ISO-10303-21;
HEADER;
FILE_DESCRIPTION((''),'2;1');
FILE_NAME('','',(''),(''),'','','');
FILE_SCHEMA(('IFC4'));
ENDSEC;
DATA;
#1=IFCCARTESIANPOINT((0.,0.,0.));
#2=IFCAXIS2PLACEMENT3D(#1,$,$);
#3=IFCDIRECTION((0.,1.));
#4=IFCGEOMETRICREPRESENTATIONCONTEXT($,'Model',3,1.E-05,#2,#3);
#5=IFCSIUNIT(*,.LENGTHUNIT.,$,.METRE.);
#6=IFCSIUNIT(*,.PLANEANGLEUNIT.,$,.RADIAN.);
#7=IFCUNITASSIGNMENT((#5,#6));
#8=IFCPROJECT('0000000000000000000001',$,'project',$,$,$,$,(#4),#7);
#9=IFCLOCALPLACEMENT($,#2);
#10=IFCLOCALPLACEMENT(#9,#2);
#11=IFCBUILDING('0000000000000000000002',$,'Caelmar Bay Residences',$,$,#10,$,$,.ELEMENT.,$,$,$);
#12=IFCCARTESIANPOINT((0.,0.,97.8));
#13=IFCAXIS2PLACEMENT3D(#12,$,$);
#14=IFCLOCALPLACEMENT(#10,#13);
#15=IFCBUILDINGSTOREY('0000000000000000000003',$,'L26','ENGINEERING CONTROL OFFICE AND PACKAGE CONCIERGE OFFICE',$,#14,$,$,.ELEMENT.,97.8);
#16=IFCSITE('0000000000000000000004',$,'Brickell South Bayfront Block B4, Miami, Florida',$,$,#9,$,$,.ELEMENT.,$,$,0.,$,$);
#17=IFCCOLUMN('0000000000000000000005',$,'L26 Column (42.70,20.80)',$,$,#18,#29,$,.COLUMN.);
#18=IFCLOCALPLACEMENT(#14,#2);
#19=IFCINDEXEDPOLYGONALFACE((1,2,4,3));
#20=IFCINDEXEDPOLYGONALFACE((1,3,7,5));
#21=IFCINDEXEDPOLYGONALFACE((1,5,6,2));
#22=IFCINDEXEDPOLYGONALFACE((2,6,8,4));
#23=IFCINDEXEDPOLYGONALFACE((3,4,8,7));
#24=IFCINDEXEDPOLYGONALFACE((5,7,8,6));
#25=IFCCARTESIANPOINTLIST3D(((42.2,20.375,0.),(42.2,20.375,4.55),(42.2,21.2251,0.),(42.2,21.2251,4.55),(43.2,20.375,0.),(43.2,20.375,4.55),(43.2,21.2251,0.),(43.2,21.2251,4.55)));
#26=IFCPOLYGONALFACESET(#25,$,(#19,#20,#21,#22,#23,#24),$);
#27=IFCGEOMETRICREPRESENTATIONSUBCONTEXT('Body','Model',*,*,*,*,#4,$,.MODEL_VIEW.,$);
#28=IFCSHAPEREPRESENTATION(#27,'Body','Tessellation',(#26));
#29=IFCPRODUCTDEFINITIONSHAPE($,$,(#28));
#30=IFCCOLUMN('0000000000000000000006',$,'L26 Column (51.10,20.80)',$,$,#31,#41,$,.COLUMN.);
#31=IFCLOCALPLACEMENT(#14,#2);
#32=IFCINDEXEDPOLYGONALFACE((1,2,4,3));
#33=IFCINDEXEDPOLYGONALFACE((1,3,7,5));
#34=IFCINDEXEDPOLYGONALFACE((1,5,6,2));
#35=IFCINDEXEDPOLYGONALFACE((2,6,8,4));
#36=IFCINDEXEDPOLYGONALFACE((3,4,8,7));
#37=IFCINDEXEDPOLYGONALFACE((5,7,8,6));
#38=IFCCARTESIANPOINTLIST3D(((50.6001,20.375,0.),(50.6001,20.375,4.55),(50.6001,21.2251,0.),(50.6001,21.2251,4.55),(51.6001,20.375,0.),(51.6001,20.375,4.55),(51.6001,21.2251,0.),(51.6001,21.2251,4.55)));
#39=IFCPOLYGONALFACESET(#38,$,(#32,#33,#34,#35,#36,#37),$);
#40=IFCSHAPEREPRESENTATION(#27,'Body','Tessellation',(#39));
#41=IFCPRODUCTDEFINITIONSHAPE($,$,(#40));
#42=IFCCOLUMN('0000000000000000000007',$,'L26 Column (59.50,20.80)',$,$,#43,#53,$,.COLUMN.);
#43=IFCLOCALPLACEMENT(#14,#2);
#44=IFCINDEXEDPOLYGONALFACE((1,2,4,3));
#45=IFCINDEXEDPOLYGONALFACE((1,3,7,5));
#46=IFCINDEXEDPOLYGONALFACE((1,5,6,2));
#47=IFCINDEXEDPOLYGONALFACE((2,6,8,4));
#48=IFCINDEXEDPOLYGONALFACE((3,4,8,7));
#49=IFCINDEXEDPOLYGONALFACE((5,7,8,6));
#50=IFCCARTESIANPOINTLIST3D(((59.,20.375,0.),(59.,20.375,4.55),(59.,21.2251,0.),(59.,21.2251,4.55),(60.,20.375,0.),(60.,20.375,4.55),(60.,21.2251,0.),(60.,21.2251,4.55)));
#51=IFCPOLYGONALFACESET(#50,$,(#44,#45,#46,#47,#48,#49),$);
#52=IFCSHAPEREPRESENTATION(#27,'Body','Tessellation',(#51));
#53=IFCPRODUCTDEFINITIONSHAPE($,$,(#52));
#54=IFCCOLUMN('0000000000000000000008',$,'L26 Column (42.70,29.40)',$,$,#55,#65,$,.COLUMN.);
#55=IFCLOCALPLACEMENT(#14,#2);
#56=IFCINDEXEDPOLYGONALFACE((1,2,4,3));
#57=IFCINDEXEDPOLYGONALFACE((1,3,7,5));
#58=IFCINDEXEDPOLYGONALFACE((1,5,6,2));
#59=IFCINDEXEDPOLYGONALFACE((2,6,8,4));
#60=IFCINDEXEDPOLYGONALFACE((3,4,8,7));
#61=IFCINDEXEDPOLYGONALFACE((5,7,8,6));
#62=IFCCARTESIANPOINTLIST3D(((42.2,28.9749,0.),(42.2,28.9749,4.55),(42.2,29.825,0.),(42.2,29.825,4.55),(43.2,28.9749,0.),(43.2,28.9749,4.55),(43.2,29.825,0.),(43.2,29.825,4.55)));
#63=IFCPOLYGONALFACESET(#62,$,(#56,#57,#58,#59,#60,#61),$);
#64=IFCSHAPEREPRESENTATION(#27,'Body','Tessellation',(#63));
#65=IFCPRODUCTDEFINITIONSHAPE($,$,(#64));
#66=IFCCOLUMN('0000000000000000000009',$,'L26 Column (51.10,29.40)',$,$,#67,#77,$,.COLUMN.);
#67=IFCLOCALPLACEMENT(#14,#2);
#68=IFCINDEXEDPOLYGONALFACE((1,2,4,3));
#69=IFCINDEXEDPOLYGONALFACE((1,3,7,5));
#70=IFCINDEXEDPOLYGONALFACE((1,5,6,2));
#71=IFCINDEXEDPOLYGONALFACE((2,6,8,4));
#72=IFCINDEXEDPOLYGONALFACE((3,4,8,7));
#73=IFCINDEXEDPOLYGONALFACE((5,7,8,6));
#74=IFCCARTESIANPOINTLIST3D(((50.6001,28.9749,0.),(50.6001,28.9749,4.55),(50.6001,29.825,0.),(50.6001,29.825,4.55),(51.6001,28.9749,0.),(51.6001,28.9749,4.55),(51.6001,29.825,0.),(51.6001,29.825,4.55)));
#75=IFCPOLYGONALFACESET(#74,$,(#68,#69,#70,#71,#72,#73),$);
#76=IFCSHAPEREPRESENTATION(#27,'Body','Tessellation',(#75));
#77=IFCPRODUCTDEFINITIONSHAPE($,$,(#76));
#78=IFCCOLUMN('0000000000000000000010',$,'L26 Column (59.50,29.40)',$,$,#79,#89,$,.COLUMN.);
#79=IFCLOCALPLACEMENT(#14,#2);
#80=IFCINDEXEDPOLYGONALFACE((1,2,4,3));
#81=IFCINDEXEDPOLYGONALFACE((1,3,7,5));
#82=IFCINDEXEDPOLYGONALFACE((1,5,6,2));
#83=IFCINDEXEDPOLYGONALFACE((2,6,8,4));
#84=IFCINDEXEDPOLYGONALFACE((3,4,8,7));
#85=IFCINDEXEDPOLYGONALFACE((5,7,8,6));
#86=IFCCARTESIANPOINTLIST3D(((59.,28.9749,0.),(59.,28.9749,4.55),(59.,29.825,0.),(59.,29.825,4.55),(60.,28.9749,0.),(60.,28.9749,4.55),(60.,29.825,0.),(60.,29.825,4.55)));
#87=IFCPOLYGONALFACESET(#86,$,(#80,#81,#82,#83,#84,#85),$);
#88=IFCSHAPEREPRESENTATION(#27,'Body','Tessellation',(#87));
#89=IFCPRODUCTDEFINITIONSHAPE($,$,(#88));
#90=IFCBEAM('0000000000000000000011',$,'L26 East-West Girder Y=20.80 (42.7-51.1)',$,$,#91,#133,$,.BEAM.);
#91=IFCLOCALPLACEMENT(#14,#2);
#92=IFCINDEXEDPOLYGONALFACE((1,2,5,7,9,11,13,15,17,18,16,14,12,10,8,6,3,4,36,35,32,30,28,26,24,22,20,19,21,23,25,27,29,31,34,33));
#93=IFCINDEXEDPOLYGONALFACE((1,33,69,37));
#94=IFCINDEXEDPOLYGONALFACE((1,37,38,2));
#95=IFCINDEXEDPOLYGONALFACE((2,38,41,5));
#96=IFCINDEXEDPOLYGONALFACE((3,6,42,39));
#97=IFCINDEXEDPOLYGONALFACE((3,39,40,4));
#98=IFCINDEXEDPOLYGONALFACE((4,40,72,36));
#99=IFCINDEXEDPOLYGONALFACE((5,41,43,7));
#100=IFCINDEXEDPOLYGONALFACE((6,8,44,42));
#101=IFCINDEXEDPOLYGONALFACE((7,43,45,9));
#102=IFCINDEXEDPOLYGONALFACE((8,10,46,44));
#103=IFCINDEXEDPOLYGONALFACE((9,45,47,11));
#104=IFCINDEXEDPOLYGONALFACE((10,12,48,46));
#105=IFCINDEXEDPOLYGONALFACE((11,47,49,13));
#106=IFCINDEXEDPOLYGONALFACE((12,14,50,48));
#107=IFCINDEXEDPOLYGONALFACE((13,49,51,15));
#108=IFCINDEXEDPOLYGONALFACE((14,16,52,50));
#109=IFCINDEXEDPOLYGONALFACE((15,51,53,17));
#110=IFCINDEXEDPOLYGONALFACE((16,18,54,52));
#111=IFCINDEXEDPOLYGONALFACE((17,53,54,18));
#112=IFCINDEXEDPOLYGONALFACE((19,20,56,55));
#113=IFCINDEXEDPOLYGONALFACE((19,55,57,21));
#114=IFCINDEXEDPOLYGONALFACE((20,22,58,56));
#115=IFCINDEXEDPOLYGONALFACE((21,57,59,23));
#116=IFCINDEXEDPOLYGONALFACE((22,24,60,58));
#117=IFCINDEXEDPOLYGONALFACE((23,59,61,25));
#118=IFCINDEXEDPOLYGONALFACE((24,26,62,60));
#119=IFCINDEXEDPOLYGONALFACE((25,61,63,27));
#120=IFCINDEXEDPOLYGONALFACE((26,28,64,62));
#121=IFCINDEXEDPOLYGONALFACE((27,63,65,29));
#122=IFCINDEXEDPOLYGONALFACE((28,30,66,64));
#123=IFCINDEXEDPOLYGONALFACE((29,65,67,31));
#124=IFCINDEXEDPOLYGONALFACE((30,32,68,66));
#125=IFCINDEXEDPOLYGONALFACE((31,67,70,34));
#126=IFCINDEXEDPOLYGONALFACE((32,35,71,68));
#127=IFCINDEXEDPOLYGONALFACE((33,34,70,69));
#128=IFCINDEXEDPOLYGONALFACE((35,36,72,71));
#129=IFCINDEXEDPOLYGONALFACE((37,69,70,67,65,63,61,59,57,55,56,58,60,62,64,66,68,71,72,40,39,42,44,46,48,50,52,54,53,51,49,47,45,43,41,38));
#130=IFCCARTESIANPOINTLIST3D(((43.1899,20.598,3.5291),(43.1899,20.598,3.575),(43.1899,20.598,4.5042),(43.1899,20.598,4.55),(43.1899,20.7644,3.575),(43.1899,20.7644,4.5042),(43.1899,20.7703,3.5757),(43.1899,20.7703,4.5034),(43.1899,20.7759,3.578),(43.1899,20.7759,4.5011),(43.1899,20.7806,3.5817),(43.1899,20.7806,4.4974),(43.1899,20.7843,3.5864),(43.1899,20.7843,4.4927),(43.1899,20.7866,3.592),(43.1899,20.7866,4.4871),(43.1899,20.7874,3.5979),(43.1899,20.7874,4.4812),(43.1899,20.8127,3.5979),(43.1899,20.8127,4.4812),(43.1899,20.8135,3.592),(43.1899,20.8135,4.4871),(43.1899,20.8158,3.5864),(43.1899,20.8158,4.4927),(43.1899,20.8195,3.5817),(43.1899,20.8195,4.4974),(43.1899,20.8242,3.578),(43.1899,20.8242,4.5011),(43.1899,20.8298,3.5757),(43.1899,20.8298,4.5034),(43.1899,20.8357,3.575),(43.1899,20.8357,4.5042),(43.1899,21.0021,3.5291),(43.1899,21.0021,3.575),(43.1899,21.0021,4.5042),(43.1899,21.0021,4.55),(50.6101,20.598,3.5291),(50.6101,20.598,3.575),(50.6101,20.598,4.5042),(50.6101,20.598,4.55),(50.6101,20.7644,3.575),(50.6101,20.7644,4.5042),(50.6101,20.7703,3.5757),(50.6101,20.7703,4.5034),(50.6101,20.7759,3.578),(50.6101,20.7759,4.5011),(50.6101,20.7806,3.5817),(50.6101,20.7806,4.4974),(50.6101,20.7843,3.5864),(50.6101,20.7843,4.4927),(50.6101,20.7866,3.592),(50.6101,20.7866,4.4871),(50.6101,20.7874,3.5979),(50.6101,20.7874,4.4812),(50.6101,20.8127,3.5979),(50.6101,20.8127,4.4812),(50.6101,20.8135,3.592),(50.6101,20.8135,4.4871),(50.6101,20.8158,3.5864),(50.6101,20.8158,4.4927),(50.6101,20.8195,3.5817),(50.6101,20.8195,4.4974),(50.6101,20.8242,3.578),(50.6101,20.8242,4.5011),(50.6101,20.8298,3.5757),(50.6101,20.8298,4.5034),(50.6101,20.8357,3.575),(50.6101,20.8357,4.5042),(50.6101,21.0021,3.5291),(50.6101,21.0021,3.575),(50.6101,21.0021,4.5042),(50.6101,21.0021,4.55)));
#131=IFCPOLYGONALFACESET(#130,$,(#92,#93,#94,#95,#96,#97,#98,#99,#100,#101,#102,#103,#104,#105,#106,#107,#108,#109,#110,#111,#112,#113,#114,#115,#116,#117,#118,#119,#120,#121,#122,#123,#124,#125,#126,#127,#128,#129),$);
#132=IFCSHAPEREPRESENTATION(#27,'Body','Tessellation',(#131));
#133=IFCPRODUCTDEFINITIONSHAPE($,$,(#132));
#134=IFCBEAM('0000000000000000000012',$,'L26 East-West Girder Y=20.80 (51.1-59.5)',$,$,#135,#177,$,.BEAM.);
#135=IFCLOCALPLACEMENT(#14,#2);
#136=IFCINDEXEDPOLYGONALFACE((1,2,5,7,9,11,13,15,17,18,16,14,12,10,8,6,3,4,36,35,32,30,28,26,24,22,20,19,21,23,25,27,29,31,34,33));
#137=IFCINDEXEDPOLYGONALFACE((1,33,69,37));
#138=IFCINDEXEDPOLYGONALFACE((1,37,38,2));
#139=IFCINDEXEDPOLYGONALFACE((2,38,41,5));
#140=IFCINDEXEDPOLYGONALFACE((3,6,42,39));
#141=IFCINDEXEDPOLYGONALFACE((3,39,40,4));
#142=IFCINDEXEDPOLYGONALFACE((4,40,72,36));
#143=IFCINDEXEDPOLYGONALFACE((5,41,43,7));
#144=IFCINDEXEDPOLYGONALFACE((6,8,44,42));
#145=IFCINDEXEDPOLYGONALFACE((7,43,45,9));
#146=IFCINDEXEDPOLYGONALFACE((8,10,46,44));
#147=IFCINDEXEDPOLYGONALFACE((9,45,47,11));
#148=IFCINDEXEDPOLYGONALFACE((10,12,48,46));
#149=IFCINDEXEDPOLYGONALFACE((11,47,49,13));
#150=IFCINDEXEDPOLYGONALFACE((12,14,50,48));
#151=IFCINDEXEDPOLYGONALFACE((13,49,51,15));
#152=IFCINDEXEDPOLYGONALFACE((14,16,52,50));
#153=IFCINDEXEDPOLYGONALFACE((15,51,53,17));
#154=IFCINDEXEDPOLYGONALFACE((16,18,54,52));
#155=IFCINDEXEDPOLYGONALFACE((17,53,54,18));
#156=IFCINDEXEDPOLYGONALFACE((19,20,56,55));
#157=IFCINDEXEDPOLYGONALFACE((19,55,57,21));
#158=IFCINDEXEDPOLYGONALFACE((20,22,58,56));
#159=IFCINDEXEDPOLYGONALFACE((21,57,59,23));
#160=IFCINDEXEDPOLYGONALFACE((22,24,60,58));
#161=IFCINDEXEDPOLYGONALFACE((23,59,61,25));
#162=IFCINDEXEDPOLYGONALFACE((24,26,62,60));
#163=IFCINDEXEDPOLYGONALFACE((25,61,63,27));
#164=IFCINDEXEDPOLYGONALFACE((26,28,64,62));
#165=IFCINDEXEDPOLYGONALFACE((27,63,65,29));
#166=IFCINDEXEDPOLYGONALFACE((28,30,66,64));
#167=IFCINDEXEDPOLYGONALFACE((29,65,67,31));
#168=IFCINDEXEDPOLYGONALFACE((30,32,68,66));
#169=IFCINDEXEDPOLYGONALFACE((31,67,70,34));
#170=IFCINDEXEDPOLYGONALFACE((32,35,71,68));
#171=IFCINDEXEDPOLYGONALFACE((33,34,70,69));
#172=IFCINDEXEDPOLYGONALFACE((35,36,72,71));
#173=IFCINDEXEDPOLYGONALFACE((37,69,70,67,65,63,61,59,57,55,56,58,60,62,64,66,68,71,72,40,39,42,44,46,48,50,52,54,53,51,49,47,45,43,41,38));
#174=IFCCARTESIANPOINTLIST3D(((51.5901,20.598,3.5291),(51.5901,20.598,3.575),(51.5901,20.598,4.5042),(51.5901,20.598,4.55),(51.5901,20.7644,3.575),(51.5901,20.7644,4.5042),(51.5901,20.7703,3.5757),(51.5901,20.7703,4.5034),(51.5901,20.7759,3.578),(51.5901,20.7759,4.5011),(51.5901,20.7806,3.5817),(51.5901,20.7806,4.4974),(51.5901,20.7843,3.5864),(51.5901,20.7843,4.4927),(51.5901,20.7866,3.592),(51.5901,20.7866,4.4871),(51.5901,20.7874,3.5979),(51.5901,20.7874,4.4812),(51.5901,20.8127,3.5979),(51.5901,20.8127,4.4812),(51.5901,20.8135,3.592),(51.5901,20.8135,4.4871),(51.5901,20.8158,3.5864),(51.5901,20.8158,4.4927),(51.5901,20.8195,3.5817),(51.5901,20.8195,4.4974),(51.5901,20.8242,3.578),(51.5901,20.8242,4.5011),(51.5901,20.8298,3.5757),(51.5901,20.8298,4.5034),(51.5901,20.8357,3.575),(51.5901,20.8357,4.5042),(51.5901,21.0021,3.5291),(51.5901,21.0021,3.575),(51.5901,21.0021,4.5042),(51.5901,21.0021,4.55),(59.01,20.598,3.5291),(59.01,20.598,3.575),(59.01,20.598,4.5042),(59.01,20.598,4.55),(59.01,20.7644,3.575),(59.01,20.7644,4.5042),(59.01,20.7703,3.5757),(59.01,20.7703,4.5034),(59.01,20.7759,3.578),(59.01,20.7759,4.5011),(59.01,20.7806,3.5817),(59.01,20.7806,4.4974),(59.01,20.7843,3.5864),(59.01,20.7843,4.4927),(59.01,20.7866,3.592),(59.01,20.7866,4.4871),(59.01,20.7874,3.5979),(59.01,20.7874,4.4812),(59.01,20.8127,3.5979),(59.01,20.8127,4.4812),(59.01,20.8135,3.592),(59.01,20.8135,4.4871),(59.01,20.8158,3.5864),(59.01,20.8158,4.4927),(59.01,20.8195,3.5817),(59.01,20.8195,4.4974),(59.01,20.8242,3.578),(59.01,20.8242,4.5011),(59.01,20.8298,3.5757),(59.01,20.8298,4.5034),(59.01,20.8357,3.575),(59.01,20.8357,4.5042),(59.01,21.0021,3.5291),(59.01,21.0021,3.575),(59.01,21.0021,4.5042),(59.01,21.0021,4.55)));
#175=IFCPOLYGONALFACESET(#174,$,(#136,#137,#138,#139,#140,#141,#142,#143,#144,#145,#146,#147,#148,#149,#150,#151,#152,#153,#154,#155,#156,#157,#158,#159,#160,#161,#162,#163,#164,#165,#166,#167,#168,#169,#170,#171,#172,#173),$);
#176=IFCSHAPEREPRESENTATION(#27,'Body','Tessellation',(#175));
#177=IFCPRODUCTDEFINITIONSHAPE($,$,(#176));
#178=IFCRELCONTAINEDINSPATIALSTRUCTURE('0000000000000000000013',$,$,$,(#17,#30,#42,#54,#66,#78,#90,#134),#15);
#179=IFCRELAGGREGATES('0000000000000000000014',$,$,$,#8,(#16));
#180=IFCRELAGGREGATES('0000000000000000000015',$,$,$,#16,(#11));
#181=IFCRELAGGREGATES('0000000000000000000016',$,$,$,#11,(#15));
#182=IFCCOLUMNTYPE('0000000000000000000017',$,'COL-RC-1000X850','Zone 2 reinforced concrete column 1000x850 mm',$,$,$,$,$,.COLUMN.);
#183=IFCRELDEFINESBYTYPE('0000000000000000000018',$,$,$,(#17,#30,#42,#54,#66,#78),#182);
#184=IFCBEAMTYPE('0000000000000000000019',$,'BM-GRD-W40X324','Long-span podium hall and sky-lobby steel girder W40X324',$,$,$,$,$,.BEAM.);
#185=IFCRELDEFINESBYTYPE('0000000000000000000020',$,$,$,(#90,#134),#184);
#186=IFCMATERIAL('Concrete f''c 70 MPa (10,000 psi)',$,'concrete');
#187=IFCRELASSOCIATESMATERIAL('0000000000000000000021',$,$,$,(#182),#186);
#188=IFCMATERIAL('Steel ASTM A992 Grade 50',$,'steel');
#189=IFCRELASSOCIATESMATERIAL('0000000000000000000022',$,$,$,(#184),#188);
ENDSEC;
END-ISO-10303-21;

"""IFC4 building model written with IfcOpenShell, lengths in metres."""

from ifc_helpers import new_model, si_unit, direction, frame, origin, origin_2d, place, context, subcontext, project, spatial, rectangle, i_section, extrude, material, material_profile, profile_set, type_object, element, save


model = new_model("IFC4")

# Units and contexts
model_context = context("Model", 3, precision=1e-05, world=origin(), true_north=direction((0.0, 1.0)))
body_context = subcontext(model_context, "Body", "Model", "MODEL_VIEW")
ifc_project = project(units=[si_unit("LENGTHUNIT", "METRE"), si_unit("PLANEANGLEUNIT", "RADIAN")], contexts=[model_context])

# Site, building, storey
site_placement = place(None, origin())
site = spatial("IfcSite", under=ifc_project, at=site_placement, Name="Brickell South Bayfront Block B4, Miami, Florida", CompositionType="ELEMENT", RefElevation=0.0)
building_placement = place(site_placement, origin())
building = spatial("IfcBuilding", under=site, at=building_placement, Name="Caelmar Bay Residences", CompositionType="ELEMENT")
storey_placement = place(building_placement, frame((0.0, 0.0, 97.8)))
storey = spatial("IfcBuildingStorey", under=building, at=storey_placement, Name="L26", Description="ENGINEERING CONTROL OFFICE AND PACKAGE CONCIERGE OFFICE", CompositionType="ELEMENT", Elevation=97.8)

# Columns
ifc_material_1 = material(Name="Concrete f'c 70 MPa (10,000 psi)", Category="concrete")
ifc_material_profile_1 = material_profile(ifc_material_1, rectangle(XDim=1.0, YDim=0.8501, at=origin_2d()), Name="RC-COL-1000X850")
ifc_profile_set_1 = profile_set([ifc_material_profile_1], Name="Concrete f'c 70 MPa (10,000 psi)")
column_type = type_object("IfcColumnType", Name="COL-RC-1000X850", Description="Zone 2 reinforced concrete column 1000x850 mm", PredefinedType="COLUMN", material=ifc_profile_set_1)
for number, where, z_axis, x_axis, name in (
    (1, (42.7, 20.8, 0.0), (0.0, 0.0, 1.0), (1.0, 0.0, 0.0), "L26 Column (42.70,20.80)"),
    (2, (51.1001, 20.8, 0.0), (0.0, 0.0, 1.0), (1.0, 0.0, 0.0), "L26 Column (51.10,20.80)"),
    (3, (59.5, 20.8, 0.0), (0.0, 0.0, 1.0), (1.0, 0.0, 0.0), "L26 Column (59.50,20.80)"),
    (4, (42.7, 29.3999, 0.0), (0.0, 0.0, 1.0), (1.0, 0.0, 0.0), "L26 Column (42.70,29.40)"),
    (5, (51.1001, 29.3999, 0.0), (0.0, 0.0, 1.0), (1.0, 0.0, 0.0), "L26 Column (51.10,29.40)"),
    (6, (59.5, 29.3999, 0.0), (0.0, 0.0, 1.0), (1.0, 0.0, 0.0), "L26 Column (59.50,29.40)"),
):
    element("IfcColumn", number, at=place(storey_placement, frame(where, z_axis=z_axis, x_axis=x_axis)), inside=storey, type_object=column_type, Name=name, PredefinedType="COLUMN", context=body_context, shape_type="SweptSolid", body=[
        extrude(rectangle(XDim=1.0, YDim=0.8501, at=origin_2d()), origin(), (0.0, 0.0, 1.0), 4.55),
    ])

# Beams
ifc_material_2 = material(Name="Steel ASTM A992 Grade 50", Category="steel")
ifc_material_profile_2 = material_profile(ifc_material_2, i_section(OverallWidth=0.4041, OverallDepth=1.021, WebThickness=0.0254, FlangeThickness=0.0459, FilletRadius=0.0229, at=origin_2d()), Name="W40X324")
ifc_profile_set_2 = profile_set([ifc_material_profile_2], Name="Steel ASTM A992 Grade 50")
beam_type_1 = type_object("IfcBeamType", Name="BM-GRD-W40X324", Description="Long-span podium hall and sky-lobby steel girder W40X324", PredefinedType="BEAM", material=ifc_profile_set_2)
beam_1_placement = place(storey_placement, frame((43.1899, 20.8, 4.0396), z_axis=(1.0, 0.0, 0.0), x_axis=(0.0, 1.0, 0.0)))
element("IfcBeam", 7, at=beam_1_placement, inside=storey, type_object=beam_type_1, Name="L26 East-West Girder Y=20.80 (42.7-51.1)", PredefinedType="BEAM", context=body_context, shape_type="SweptSolid", body=[
    extrude(i_section(OverallWidth=0.4041, OverallDepth=1.021, WebThickness=0.0254, FlangeThickness=0.0459, FilletRadius=0.0229, at=origin_2d()), origin(), (0.0, 0.0, 1.0), 7.4202),
])
for number, where, z_axis, x_axis, name in (
    (8, (51.5901, 20.8, 4.0396), (1.0, 0.0, 0.0), (0.0, 1.0, 0.0), "L26 East-West Girder Y=20.80 (51.1-59.5)"),
):
    element("IfcBeam", number, at=place(storey_placement, frame(where, z_axis=z_axis, x_axis=x_axis)), inside=storey, type_object=beam_type_1, Name=name, PredefinedType="BEAM", context=body_context, shape_type="SweptSolid", body=[
        extrude(i_section(OverallWidth=0.4041, OverallDepth=1.021, WebThickness=0.0254, FlangeThickness=0.0459, FilletRadius=0.0229, at=origin_2d()), origin(), (0.0, 0.0, 1.0), 7.4199),
    ])

save(model, "model.ifc")
